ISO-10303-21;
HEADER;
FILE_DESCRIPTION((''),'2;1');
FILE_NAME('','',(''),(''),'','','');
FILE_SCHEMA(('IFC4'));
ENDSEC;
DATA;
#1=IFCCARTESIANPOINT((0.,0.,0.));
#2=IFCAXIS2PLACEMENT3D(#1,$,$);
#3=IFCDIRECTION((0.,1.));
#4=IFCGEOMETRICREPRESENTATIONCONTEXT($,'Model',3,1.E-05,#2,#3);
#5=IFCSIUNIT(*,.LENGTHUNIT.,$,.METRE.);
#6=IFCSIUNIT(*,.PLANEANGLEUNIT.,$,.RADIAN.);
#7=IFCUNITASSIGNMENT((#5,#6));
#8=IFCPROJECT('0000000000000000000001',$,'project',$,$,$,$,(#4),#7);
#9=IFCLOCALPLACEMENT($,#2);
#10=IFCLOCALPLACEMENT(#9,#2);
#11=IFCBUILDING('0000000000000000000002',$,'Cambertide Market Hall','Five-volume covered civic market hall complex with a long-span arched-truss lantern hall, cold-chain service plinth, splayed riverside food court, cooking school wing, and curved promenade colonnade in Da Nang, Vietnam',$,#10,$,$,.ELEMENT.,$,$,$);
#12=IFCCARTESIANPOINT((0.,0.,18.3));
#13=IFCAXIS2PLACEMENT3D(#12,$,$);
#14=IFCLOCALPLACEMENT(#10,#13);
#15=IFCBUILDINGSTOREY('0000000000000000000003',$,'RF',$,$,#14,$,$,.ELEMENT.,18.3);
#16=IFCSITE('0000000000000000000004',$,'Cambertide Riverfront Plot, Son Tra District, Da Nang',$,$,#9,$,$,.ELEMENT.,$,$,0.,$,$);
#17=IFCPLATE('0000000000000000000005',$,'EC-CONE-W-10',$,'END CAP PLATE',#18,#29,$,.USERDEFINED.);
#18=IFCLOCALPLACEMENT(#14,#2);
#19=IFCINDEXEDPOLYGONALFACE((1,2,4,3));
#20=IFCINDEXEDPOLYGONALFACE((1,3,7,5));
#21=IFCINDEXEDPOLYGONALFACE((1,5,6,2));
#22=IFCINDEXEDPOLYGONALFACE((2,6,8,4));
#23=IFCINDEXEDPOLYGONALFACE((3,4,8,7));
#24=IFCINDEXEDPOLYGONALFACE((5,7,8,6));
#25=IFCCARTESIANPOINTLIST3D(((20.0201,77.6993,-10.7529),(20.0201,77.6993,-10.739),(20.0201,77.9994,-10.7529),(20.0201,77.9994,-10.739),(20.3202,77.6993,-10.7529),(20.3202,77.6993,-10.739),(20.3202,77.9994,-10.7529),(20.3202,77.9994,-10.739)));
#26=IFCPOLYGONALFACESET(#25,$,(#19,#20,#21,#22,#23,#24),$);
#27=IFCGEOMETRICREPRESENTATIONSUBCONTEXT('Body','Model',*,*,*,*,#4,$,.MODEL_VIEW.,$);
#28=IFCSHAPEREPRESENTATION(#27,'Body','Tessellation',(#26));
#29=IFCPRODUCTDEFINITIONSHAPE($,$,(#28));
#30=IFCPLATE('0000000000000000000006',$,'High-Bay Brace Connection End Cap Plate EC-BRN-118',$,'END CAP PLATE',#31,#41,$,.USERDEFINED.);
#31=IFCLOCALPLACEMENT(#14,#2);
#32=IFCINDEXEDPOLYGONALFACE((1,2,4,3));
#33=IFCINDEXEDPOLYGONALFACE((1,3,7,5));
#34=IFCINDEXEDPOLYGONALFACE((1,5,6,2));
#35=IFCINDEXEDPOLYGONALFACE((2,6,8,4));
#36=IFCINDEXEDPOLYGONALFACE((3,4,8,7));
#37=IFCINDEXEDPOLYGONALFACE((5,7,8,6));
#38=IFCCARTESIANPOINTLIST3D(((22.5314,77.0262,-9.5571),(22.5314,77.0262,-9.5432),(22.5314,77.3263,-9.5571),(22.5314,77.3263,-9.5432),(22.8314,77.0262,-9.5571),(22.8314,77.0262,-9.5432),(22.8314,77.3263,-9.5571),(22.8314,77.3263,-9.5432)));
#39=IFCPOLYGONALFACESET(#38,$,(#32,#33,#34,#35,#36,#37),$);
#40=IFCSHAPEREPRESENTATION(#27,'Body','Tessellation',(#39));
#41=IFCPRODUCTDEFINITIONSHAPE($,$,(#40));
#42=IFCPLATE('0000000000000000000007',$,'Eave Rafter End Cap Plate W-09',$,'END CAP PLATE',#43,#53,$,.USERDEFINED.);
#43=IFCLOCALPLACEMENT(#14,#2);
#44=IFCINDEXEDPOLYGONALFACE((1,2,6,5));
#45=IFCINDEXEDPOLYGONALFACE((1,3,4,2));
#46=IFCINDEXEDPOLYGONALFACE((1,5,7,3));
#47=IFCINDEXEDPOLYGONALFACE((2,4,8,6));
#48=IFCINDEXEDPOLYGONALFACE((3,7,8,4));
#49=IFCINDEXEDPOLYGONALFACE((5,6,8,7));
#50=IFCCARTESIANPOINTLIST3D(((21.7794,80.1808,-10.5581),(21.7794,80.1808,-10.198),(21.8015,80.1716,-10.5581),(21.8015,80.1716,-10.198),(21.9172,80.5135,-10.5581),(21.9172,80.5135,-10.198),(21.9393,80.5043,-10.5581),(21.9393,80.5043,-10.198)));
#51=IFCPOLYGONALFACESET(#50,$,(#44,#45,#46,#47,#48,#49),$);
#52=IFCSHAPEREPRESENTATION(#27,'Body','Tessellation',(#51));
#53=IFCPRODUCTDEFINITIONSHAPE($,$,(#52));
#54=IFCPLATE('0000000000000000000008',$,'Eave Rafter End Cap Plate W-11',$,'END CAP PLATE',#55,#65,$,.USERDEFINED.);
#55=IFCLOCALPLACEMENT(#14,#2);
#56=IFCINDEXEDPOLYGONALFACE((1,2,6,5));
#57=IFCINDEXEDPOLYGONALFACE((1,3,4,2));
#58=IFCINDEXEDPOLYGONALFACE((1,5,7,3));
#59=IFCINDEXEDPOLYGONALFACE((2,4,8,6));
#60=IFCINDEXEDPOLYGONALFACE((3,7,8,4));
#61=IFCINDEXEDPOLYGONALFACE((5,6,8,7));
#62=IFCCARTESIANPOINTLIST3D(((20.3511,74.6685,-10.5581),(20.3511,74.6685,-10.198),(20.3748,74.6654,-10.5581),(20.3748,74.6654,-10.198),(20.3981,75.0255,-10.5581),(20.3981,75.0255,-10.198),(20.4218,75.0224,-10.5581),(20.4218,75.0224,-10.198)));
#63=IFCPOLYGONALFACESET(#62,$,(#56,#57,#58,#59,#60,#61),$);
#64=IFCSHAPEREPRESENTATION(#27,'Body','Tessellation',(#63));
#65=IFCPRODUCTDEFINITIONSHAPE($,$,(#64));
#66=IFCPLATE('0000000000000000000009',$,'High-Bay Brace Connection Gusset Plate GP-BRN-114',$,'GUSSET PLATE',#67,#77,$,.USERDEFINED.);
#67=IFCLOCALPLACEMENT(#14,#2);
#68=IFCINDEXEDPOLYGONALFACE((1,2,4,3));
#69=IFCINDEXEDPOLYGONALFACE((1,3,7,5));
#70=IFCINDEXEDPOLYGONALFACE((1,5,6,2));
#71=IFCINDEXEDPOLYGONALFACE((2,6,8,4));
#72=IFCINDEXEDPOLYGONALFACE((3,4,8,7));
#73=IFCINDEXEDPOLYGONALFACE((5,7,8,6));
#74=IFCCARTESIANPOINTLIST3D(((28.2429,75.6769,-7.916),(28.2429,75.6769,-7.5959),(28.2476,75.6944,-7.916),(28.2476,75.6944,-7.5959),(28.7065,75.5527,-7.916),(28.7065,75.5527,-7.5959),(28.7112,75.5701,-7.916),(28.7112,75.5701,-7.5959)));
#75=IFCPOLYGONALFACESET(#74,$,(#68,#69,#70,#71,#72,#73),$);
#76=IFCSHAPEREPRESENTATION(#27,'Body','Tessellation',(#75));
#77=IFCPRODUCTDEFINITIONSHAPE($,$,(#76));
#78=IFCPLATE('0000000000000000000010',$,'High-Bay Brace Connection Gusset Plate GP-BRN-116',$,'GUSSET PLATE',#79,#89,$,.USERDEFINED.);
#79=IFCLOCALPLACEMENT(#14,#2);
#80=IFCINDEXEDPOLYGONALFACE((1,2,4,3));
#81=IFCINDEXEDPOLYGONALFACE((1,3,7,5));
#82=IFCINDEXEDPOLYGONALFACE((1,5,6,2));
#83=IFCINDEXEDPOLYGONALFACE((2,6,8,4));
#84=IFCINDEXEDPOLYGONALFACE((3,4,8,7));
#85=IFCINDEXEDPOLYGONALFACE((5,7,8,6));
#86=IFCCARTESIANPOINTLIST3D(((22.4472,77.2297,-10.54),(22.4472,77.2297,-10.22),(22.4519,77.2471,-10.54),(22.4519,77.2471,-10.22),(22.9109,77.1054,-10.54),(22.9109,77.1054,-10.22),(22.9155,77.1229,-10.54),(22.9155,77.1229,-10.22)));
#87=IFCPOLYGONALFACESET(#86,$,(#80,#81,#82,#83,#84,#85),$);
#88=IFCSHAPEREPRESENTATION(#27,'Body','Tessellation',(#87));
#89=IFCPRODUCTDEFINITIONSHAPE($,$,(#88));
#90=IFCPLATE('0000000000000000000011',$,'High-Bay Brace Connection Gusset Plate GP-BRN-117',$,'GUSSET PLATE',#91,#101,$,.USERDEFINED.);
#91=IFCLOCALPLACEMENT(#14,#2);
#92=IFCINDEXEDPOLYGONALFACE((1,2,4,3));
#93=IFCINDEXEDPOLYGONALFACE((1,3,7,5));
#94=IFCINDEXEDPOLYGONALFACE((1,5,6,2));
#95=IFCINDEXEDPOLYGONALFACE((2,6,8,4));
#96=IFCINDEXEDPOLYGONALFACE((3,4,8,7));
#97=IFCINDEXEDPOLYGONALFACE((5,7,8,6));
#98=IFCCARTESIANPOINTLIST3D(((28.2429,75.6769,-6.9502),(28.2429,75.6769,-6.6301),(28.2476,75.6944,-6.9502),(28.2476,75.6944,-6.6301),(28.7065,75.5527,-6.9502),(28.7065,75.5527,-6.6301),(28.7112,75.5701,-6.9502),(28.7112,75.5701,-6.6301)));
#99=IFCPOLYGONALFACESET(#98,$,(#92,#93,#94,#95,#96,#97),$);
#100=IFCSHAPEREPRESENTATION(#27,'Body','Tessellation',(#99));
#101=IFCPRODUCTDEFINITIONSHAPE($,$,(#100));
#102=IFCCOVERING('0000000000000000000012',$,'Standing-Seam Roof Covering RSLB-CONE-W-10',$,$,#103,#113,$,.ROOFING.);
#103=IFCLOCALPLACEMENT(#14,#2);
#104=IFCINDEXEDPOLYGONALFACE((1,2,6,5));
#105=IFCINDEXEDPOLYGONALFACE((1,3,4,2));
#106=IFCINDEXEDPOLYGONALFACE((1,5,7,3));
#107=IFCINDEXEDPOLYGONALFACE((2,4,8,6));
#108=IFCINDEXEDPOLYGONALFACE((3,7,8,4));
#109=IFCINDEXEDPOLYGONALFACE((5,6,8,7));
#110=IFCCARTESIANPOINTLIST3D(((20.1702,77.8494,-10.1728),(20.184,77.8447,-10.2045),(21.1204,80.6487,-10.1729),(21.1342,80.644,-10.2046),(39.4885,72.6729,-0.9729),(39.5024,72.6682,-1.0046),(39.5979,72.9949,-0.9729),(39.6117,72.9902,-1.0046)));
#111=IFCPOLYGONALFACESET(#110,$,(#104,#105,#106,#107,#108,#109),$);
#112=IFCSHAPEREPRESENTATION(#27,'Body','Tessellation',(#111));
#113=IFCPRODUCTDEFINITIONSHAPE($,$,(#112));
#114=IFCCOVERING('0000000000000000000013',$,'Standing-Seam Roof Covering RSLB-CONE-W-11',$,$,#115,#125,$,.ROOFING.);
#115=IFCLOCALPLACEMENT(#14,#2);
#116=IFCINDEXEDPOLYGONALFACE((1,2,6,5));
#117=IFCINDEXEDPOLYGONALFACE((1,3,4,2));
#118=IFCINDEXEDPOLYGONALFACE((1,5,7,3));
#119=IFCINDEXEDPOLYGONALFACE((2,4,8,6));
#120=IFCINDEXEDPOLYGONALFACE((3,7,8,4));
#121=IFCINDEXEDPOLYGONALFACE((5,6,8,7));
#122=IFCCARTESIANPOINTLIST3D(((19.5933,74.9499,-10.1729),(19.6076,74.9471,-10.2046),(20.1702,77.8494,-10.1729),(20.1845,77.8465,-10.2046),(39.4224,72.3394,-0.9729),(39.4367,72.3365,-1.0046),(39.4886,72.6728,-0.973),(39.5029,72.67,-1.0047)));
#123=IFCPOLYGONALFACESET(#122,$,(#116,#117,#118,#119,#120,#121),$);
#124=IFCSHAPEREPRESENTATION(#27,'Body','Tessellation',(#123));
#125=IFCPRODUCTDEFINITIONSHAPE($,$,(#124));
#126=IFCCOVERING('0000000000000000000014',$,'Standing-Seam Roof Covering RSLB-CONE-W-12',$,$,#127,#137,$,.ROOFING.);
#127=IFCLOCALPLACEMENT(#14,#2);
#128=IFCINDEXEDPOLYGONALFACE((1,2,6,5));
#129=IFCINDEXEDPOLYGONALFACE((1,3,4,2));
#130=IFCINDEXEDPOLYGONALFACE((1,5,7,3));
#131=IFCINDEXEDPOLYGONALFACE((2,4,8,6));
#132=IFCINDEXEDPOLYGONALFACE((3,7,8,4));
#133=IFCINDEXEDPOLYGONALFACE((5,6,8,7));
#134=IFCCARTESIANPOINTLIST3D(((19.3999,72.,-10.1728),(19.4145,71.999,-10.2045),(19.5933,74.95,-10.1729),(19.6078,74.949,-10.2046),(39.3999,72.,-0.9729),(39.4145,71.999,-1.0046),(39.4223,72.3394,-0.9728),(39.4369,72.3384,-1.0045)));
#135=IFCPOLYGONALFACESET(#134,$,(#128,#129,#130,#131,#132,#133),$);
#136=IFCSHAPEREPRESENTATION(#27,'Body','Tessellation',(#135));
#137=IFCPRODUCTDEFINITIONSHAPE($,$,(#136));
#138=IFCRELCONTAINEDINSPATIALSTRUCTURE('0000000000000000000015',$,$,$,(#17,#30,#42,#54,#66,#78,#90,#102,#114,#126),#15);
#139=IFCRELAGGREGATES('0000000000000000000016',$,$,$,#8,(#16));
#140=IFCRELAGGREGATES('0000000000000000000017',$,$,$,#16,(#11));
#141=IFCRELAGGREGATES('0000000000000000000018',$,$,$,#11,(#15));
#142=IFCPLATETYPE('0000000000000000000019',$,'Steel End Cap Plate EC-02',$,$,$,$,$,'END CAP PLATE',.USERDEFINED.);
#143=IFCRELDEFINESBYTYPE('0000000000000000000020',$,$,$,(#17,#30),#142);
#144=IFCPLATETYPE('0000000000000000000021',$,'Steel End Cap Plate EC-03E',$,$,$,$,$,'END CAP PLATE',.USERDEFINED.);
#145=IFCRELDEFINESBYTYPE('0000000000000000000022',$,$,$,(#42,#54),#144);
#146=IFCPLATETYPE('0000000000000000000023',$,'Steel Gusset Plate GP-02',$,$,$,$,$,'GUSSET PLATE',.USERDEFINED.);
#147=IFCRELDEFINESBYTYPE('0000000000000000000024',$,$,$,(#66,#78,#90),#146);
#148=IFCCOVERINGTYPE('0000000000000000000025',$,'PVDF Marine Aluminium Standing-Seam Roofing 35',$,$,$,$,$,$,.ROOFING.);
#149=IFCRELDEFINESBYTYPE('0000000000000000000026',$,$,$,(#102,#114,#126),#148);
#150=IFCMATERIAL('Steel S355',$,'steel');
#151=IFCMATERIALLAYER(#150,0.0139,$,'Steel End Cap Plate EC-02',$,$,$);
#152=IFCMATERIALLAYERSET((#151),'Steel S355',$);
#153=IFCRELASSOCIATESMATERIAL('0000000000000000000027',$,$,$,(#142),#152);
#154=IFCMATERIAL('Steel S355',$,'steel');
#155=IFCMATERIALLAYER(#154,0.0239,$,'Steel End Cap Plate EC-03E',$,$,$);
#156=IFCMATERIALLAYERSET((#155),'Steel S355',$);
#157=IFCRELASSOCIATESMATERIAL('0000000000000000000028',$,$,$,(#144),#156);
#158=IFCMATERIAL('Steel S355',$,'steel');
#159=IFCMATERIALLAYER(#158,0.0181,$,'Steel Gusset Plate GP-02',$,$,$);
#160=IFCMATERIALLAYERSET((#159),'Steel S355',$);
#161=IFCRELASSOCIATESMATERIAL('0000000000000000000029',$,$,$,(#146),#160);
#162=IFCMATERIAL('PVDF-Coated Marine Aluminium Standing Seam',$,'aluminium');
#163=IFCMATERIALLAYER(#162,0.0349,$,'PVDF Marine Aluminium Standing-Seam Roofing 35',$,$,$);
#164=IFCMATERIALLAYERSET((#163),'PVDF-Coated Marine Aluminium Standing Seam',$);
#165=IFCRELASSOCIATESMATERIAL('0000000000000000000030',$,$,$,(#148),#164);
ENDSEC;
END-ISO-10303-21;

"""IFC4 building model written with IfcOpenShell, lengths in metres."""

from ifc_helpers import new_model, si_unit, direction, frame, origin, origin_2d, place, context, subcontext, project, spatial, polyline, rectangle, outline, extrude, material, layer, layer_set, type_object, element, save


model = new_model("IFC4")

# Units and contexts
model_context = context("Model", 3, precision=1e-05, world=origin(), true_north=direction((0.0, 1.0)))
body_context = subcontext(model_context, "Body", "Model", "MODEL_VIEW")
ifc_project = project(units=[si_unit("LENGTHUNIT", "METRE"), si_unit("PLANEANGLEUNIT", "RADIAN")], contexts=[model_context])

# Site, building, storey
site_placement = place(None, origin())
site = spatial("IfcSite", under=ifc_project, at=site_placement, Name="Cambertide Riverfront Plot, Son Tra District, Da Nang", CompositionType="ELEMENT", RefElevation=0.0)
building_placement = place(site_placement, origin())
building = spatial("IfcBuilding", under=site, at=building_placement, Name="Cambertide Market Hall", Description="Five-volume covered civic market hall complex with a long-span arched-truss lantern hall, cold-chain service plinth, splayed riverside food court, cooking school wing, and curved promenade colonnade in Da Nang, Vietnam", CompositionType="ELEMENT")
storey_placement = place(building_placement, frame((0.0, 0.0, 18.3)))
storey = spatial("IfcBuildingStorey", under=building, at=storey_placement, Name="RF", CompositionType="ELEMENT", Elevation=18.3)

# Plates
ifc_material_1 = material(Name="Steel S355", Category="steel")
ifc_layer_1 = layer(ifc_material_1, 0.0139, Name="Steel End Cap Plate EC-02")
ifc_layer_set_1 = layer_set([ifc_layer_1], Name="Steel S355")
plate_type_1 = type_object("IfcPlateType", Name="Steel End Cap Plate EC-02", ElementType="END CAP PLATE", PredefinedType="USERDEFINED", material=ifc_layer_set_1)
for number, where, z_axis, x_axis, name in (
    (1, (20.1702, 77.8494, -10.7529), (0.0, 0.0, 1.0), (1.0, 0.0, 0.0), "EC-CONE-W-10"),
    (2, (22.6814, 77.1763, -9.5571), (0.0, 0.0, 1.0), (1.0, 0.0, 0.0), "High-Bay Brace Connection End Cap Plate EC-BRN-118"),
):
    element("IfcPlate", number, at=place(storey_placement, frame(where, z_axis=z_axis, x_axis=x_axis)), inside=storey, type_object=plate_type_1, Name=name, ObjectType="END CAP PLATE", PredefinedType="USERDEFINED", context=body_context, shape_type="SweptSolid", body=[
        extrude(rectangle(XDim=0.3, YDim=0.3, at=origin_2d()), origin(), (0.0, 0.0, 1.0), 0.0139),
    ])
ifc_material_2 = material(Name="Steel S355", Category="steel")
ifc_layer_2 = layer(ifc_material_2, 0.0239, Name="Steel End Cap Plate EC-03E")
ifc_layer_set_2 = layer_set([ifc_layer_2], Name="Steel S355")
plate_type_2 = type_object("IfcPlateType", Name="Steel End Cap Plate EC-03E", ElementType="END CAP PLATE", PredefinedType="USERDEFINED", material=ifc_layer_set_2)
for number, where, z_axis, x_axis, name in (
    (3, (21.8594, 80.3425, -10.5581), (0.0, 0.0, 1.0), (-0.92388, 0.382683, 0.0), "Eave Rafter End Cap Plate W-09"),
    (4, (20.3865, 74.8455, -10.5581), (0.0, 0.0, 1.0), (-0.991445, 0.130526, 0.0), "Eave Rafter End Cap Plate W-11"),
):
    element("IfcPlate", number, at=place(storey_placement, frame(where, z_axis=z_axis, x_axis=x_axis)), inside=storey, type_object=plate_type_2, Name=name, ObjectType="END CAP PLATE", PredefinedType="USERDEFINED", context=body_context, shape_type="SweptSolid", body=[
        extrude(rectangle(XDim=0.0239, YDim=0.3601, at=origin_2d()), origin(), (0.0, 0.0, 1.0), 0.3601),
    ])
ifc_material_3 = material(Name="Steel S355", Category="steel")
ifc_layer_3 = layer(ifc_material_3, 0.0181, Name="Steel Gusset Plate GP-02")
ifc_layer_set_3 = layer_set([ifc_layer_3], Name="Steel S355")
plate_type_3 = type_object("IfcPlateType", Name="Steel Gusset Plate GP-02", ElementType="GUSSET PLATE", PredefinedType="USERDEFINED", material=ifc_layer_set_3)
for number, where, z_axis, x_axis, name in (
    (5, (28.4771, 75.6235, -7.916), (0.0, 0.0, 1.0), (0.965926, -0.258819, 0.0), "High-Bay Brace Connection Gusset Plate GP-BRN-114"),
    (6, (22.6814, 77.1763, -10.54), (0.0, 0.0, 1.0), (0.965926, -0.258819, 0.0), "High-Bay Brace Connection Gusset Plate GP-BRN-116"),
    (7, (28.4771, 75.6235, -6.9502), (0.0, 0.0, 1.0), (0.965926, -0.258819, 0.0), "High-Bay Brace Connection Gusset Plate GP-BRN-117"),
):
    element("IfcPlate", number, at=place(storey_placement, frame(where, z_axis=z_axis, x_axis=x_axis)), inside=storey, type_object=plate_type_3, Name=name, ObjectType="GUSSET PLATE", PredefinedType="USERDEFINED", context=body_context, shape_type="SweptSolid", body=[
        extrude(rectangle(XDim=0.48, YDim=0.0181, at=origin_2d()), origin(), (0.0, 0.0, 1.0), 0.3201),
    ])

# Coverings
ifc_material_4 = material(Name="PVDF-Coated Marine Aluminium Standing Seam", Category="aluminium")
ifc_layer_4 = layer(ifc_material_4, 0.0349, Name="PVDF Marine Aluminium Standing-Seam Roofing 35")
ifc_layer_set_4 = layer_set([ifc_layer_4], Name="PVDF-Coated Marine Aluminium Standing Seam")
covering_type = type_object("IfcCoveringType", Name="PVDF Marine Aluminium Standing-Seam Roofing 35", PredefinedType="ROOFING", material=ifc_layer_set_4)
covering_1_placement = place(storey_placement, frame((21.1204, 80.6487, -10.1729), z_axis=(-0.396426, 0.134571, 0.90815), x_axis=(-0.321429, -0.946934, 0.000007)))
element("IfcCovering", 8, at=covering_1_placement, inside=storey, type_object=covering_type, Name="Standing-Seam Roof Covering RSLB-CONE-W-10", PredefinedType="ROOFING", context=body_context, shape_type="SweptSolid", body=[
    extrude(outline(polyline([(0.0, 0.0), (2.9562, 0.0), (1.6486, 21.9755), (1.3085, 21.9756), (0.0, 0.0)])), origin(), (0.0, 0.0, -1.0), 0.0349),
])
covering_2_placement = place(storey_placement, frame((20.1702, 77.8494, -10.1729), z_axis=(-0.410599, 0.081673, 0.908151), x_axis=(-0.195137, -0.980776, -0.000022)))
element("IfcCovering", 9, at=covering_2_placement, inside=storey, type_object=covering_type, Name="Standing-Seam Roof Covering RSLB-CONE-W-11", PredefinedType="ROOFING", context=body_context, shape_type="SweptSolid", body=[
    extrude(outline(polyline([(0.0, 0.0), (2.9563, 0.0), (1.6471, 21.9758), (1.3071, 21.9756), (0.0, 0.0)])), origin(), (0.0, 0.0, -1.0), 0.0349),
])
covering_3_placement = place(storey_placement, frame((19.5933, 74.95, -10.1729), z_axis=(-0.417743, 0.027409, 0.908152), x_axis=(-0.065418, -0.997858, 0.000025)))
element("IfcCovering", 10, at=covering_3_placement, inside=storey, type_object=covering_type, Name="Standing-Seam Roof Covering RSLB-CONE-W-12", PredefinedType="ROOFING", context=body_context, shape_type="SweptSolid", body=[
    extrude(outline(polyline([(0.0, 0.0), (2.9563, 0.0), (1.6482, 21.9756), (1.3081, 21.9758), (0.0, 0.0)])), origin(), (0.0, 0.0, -1.0), 0.0349),
])

save(model, "model.ifc")
